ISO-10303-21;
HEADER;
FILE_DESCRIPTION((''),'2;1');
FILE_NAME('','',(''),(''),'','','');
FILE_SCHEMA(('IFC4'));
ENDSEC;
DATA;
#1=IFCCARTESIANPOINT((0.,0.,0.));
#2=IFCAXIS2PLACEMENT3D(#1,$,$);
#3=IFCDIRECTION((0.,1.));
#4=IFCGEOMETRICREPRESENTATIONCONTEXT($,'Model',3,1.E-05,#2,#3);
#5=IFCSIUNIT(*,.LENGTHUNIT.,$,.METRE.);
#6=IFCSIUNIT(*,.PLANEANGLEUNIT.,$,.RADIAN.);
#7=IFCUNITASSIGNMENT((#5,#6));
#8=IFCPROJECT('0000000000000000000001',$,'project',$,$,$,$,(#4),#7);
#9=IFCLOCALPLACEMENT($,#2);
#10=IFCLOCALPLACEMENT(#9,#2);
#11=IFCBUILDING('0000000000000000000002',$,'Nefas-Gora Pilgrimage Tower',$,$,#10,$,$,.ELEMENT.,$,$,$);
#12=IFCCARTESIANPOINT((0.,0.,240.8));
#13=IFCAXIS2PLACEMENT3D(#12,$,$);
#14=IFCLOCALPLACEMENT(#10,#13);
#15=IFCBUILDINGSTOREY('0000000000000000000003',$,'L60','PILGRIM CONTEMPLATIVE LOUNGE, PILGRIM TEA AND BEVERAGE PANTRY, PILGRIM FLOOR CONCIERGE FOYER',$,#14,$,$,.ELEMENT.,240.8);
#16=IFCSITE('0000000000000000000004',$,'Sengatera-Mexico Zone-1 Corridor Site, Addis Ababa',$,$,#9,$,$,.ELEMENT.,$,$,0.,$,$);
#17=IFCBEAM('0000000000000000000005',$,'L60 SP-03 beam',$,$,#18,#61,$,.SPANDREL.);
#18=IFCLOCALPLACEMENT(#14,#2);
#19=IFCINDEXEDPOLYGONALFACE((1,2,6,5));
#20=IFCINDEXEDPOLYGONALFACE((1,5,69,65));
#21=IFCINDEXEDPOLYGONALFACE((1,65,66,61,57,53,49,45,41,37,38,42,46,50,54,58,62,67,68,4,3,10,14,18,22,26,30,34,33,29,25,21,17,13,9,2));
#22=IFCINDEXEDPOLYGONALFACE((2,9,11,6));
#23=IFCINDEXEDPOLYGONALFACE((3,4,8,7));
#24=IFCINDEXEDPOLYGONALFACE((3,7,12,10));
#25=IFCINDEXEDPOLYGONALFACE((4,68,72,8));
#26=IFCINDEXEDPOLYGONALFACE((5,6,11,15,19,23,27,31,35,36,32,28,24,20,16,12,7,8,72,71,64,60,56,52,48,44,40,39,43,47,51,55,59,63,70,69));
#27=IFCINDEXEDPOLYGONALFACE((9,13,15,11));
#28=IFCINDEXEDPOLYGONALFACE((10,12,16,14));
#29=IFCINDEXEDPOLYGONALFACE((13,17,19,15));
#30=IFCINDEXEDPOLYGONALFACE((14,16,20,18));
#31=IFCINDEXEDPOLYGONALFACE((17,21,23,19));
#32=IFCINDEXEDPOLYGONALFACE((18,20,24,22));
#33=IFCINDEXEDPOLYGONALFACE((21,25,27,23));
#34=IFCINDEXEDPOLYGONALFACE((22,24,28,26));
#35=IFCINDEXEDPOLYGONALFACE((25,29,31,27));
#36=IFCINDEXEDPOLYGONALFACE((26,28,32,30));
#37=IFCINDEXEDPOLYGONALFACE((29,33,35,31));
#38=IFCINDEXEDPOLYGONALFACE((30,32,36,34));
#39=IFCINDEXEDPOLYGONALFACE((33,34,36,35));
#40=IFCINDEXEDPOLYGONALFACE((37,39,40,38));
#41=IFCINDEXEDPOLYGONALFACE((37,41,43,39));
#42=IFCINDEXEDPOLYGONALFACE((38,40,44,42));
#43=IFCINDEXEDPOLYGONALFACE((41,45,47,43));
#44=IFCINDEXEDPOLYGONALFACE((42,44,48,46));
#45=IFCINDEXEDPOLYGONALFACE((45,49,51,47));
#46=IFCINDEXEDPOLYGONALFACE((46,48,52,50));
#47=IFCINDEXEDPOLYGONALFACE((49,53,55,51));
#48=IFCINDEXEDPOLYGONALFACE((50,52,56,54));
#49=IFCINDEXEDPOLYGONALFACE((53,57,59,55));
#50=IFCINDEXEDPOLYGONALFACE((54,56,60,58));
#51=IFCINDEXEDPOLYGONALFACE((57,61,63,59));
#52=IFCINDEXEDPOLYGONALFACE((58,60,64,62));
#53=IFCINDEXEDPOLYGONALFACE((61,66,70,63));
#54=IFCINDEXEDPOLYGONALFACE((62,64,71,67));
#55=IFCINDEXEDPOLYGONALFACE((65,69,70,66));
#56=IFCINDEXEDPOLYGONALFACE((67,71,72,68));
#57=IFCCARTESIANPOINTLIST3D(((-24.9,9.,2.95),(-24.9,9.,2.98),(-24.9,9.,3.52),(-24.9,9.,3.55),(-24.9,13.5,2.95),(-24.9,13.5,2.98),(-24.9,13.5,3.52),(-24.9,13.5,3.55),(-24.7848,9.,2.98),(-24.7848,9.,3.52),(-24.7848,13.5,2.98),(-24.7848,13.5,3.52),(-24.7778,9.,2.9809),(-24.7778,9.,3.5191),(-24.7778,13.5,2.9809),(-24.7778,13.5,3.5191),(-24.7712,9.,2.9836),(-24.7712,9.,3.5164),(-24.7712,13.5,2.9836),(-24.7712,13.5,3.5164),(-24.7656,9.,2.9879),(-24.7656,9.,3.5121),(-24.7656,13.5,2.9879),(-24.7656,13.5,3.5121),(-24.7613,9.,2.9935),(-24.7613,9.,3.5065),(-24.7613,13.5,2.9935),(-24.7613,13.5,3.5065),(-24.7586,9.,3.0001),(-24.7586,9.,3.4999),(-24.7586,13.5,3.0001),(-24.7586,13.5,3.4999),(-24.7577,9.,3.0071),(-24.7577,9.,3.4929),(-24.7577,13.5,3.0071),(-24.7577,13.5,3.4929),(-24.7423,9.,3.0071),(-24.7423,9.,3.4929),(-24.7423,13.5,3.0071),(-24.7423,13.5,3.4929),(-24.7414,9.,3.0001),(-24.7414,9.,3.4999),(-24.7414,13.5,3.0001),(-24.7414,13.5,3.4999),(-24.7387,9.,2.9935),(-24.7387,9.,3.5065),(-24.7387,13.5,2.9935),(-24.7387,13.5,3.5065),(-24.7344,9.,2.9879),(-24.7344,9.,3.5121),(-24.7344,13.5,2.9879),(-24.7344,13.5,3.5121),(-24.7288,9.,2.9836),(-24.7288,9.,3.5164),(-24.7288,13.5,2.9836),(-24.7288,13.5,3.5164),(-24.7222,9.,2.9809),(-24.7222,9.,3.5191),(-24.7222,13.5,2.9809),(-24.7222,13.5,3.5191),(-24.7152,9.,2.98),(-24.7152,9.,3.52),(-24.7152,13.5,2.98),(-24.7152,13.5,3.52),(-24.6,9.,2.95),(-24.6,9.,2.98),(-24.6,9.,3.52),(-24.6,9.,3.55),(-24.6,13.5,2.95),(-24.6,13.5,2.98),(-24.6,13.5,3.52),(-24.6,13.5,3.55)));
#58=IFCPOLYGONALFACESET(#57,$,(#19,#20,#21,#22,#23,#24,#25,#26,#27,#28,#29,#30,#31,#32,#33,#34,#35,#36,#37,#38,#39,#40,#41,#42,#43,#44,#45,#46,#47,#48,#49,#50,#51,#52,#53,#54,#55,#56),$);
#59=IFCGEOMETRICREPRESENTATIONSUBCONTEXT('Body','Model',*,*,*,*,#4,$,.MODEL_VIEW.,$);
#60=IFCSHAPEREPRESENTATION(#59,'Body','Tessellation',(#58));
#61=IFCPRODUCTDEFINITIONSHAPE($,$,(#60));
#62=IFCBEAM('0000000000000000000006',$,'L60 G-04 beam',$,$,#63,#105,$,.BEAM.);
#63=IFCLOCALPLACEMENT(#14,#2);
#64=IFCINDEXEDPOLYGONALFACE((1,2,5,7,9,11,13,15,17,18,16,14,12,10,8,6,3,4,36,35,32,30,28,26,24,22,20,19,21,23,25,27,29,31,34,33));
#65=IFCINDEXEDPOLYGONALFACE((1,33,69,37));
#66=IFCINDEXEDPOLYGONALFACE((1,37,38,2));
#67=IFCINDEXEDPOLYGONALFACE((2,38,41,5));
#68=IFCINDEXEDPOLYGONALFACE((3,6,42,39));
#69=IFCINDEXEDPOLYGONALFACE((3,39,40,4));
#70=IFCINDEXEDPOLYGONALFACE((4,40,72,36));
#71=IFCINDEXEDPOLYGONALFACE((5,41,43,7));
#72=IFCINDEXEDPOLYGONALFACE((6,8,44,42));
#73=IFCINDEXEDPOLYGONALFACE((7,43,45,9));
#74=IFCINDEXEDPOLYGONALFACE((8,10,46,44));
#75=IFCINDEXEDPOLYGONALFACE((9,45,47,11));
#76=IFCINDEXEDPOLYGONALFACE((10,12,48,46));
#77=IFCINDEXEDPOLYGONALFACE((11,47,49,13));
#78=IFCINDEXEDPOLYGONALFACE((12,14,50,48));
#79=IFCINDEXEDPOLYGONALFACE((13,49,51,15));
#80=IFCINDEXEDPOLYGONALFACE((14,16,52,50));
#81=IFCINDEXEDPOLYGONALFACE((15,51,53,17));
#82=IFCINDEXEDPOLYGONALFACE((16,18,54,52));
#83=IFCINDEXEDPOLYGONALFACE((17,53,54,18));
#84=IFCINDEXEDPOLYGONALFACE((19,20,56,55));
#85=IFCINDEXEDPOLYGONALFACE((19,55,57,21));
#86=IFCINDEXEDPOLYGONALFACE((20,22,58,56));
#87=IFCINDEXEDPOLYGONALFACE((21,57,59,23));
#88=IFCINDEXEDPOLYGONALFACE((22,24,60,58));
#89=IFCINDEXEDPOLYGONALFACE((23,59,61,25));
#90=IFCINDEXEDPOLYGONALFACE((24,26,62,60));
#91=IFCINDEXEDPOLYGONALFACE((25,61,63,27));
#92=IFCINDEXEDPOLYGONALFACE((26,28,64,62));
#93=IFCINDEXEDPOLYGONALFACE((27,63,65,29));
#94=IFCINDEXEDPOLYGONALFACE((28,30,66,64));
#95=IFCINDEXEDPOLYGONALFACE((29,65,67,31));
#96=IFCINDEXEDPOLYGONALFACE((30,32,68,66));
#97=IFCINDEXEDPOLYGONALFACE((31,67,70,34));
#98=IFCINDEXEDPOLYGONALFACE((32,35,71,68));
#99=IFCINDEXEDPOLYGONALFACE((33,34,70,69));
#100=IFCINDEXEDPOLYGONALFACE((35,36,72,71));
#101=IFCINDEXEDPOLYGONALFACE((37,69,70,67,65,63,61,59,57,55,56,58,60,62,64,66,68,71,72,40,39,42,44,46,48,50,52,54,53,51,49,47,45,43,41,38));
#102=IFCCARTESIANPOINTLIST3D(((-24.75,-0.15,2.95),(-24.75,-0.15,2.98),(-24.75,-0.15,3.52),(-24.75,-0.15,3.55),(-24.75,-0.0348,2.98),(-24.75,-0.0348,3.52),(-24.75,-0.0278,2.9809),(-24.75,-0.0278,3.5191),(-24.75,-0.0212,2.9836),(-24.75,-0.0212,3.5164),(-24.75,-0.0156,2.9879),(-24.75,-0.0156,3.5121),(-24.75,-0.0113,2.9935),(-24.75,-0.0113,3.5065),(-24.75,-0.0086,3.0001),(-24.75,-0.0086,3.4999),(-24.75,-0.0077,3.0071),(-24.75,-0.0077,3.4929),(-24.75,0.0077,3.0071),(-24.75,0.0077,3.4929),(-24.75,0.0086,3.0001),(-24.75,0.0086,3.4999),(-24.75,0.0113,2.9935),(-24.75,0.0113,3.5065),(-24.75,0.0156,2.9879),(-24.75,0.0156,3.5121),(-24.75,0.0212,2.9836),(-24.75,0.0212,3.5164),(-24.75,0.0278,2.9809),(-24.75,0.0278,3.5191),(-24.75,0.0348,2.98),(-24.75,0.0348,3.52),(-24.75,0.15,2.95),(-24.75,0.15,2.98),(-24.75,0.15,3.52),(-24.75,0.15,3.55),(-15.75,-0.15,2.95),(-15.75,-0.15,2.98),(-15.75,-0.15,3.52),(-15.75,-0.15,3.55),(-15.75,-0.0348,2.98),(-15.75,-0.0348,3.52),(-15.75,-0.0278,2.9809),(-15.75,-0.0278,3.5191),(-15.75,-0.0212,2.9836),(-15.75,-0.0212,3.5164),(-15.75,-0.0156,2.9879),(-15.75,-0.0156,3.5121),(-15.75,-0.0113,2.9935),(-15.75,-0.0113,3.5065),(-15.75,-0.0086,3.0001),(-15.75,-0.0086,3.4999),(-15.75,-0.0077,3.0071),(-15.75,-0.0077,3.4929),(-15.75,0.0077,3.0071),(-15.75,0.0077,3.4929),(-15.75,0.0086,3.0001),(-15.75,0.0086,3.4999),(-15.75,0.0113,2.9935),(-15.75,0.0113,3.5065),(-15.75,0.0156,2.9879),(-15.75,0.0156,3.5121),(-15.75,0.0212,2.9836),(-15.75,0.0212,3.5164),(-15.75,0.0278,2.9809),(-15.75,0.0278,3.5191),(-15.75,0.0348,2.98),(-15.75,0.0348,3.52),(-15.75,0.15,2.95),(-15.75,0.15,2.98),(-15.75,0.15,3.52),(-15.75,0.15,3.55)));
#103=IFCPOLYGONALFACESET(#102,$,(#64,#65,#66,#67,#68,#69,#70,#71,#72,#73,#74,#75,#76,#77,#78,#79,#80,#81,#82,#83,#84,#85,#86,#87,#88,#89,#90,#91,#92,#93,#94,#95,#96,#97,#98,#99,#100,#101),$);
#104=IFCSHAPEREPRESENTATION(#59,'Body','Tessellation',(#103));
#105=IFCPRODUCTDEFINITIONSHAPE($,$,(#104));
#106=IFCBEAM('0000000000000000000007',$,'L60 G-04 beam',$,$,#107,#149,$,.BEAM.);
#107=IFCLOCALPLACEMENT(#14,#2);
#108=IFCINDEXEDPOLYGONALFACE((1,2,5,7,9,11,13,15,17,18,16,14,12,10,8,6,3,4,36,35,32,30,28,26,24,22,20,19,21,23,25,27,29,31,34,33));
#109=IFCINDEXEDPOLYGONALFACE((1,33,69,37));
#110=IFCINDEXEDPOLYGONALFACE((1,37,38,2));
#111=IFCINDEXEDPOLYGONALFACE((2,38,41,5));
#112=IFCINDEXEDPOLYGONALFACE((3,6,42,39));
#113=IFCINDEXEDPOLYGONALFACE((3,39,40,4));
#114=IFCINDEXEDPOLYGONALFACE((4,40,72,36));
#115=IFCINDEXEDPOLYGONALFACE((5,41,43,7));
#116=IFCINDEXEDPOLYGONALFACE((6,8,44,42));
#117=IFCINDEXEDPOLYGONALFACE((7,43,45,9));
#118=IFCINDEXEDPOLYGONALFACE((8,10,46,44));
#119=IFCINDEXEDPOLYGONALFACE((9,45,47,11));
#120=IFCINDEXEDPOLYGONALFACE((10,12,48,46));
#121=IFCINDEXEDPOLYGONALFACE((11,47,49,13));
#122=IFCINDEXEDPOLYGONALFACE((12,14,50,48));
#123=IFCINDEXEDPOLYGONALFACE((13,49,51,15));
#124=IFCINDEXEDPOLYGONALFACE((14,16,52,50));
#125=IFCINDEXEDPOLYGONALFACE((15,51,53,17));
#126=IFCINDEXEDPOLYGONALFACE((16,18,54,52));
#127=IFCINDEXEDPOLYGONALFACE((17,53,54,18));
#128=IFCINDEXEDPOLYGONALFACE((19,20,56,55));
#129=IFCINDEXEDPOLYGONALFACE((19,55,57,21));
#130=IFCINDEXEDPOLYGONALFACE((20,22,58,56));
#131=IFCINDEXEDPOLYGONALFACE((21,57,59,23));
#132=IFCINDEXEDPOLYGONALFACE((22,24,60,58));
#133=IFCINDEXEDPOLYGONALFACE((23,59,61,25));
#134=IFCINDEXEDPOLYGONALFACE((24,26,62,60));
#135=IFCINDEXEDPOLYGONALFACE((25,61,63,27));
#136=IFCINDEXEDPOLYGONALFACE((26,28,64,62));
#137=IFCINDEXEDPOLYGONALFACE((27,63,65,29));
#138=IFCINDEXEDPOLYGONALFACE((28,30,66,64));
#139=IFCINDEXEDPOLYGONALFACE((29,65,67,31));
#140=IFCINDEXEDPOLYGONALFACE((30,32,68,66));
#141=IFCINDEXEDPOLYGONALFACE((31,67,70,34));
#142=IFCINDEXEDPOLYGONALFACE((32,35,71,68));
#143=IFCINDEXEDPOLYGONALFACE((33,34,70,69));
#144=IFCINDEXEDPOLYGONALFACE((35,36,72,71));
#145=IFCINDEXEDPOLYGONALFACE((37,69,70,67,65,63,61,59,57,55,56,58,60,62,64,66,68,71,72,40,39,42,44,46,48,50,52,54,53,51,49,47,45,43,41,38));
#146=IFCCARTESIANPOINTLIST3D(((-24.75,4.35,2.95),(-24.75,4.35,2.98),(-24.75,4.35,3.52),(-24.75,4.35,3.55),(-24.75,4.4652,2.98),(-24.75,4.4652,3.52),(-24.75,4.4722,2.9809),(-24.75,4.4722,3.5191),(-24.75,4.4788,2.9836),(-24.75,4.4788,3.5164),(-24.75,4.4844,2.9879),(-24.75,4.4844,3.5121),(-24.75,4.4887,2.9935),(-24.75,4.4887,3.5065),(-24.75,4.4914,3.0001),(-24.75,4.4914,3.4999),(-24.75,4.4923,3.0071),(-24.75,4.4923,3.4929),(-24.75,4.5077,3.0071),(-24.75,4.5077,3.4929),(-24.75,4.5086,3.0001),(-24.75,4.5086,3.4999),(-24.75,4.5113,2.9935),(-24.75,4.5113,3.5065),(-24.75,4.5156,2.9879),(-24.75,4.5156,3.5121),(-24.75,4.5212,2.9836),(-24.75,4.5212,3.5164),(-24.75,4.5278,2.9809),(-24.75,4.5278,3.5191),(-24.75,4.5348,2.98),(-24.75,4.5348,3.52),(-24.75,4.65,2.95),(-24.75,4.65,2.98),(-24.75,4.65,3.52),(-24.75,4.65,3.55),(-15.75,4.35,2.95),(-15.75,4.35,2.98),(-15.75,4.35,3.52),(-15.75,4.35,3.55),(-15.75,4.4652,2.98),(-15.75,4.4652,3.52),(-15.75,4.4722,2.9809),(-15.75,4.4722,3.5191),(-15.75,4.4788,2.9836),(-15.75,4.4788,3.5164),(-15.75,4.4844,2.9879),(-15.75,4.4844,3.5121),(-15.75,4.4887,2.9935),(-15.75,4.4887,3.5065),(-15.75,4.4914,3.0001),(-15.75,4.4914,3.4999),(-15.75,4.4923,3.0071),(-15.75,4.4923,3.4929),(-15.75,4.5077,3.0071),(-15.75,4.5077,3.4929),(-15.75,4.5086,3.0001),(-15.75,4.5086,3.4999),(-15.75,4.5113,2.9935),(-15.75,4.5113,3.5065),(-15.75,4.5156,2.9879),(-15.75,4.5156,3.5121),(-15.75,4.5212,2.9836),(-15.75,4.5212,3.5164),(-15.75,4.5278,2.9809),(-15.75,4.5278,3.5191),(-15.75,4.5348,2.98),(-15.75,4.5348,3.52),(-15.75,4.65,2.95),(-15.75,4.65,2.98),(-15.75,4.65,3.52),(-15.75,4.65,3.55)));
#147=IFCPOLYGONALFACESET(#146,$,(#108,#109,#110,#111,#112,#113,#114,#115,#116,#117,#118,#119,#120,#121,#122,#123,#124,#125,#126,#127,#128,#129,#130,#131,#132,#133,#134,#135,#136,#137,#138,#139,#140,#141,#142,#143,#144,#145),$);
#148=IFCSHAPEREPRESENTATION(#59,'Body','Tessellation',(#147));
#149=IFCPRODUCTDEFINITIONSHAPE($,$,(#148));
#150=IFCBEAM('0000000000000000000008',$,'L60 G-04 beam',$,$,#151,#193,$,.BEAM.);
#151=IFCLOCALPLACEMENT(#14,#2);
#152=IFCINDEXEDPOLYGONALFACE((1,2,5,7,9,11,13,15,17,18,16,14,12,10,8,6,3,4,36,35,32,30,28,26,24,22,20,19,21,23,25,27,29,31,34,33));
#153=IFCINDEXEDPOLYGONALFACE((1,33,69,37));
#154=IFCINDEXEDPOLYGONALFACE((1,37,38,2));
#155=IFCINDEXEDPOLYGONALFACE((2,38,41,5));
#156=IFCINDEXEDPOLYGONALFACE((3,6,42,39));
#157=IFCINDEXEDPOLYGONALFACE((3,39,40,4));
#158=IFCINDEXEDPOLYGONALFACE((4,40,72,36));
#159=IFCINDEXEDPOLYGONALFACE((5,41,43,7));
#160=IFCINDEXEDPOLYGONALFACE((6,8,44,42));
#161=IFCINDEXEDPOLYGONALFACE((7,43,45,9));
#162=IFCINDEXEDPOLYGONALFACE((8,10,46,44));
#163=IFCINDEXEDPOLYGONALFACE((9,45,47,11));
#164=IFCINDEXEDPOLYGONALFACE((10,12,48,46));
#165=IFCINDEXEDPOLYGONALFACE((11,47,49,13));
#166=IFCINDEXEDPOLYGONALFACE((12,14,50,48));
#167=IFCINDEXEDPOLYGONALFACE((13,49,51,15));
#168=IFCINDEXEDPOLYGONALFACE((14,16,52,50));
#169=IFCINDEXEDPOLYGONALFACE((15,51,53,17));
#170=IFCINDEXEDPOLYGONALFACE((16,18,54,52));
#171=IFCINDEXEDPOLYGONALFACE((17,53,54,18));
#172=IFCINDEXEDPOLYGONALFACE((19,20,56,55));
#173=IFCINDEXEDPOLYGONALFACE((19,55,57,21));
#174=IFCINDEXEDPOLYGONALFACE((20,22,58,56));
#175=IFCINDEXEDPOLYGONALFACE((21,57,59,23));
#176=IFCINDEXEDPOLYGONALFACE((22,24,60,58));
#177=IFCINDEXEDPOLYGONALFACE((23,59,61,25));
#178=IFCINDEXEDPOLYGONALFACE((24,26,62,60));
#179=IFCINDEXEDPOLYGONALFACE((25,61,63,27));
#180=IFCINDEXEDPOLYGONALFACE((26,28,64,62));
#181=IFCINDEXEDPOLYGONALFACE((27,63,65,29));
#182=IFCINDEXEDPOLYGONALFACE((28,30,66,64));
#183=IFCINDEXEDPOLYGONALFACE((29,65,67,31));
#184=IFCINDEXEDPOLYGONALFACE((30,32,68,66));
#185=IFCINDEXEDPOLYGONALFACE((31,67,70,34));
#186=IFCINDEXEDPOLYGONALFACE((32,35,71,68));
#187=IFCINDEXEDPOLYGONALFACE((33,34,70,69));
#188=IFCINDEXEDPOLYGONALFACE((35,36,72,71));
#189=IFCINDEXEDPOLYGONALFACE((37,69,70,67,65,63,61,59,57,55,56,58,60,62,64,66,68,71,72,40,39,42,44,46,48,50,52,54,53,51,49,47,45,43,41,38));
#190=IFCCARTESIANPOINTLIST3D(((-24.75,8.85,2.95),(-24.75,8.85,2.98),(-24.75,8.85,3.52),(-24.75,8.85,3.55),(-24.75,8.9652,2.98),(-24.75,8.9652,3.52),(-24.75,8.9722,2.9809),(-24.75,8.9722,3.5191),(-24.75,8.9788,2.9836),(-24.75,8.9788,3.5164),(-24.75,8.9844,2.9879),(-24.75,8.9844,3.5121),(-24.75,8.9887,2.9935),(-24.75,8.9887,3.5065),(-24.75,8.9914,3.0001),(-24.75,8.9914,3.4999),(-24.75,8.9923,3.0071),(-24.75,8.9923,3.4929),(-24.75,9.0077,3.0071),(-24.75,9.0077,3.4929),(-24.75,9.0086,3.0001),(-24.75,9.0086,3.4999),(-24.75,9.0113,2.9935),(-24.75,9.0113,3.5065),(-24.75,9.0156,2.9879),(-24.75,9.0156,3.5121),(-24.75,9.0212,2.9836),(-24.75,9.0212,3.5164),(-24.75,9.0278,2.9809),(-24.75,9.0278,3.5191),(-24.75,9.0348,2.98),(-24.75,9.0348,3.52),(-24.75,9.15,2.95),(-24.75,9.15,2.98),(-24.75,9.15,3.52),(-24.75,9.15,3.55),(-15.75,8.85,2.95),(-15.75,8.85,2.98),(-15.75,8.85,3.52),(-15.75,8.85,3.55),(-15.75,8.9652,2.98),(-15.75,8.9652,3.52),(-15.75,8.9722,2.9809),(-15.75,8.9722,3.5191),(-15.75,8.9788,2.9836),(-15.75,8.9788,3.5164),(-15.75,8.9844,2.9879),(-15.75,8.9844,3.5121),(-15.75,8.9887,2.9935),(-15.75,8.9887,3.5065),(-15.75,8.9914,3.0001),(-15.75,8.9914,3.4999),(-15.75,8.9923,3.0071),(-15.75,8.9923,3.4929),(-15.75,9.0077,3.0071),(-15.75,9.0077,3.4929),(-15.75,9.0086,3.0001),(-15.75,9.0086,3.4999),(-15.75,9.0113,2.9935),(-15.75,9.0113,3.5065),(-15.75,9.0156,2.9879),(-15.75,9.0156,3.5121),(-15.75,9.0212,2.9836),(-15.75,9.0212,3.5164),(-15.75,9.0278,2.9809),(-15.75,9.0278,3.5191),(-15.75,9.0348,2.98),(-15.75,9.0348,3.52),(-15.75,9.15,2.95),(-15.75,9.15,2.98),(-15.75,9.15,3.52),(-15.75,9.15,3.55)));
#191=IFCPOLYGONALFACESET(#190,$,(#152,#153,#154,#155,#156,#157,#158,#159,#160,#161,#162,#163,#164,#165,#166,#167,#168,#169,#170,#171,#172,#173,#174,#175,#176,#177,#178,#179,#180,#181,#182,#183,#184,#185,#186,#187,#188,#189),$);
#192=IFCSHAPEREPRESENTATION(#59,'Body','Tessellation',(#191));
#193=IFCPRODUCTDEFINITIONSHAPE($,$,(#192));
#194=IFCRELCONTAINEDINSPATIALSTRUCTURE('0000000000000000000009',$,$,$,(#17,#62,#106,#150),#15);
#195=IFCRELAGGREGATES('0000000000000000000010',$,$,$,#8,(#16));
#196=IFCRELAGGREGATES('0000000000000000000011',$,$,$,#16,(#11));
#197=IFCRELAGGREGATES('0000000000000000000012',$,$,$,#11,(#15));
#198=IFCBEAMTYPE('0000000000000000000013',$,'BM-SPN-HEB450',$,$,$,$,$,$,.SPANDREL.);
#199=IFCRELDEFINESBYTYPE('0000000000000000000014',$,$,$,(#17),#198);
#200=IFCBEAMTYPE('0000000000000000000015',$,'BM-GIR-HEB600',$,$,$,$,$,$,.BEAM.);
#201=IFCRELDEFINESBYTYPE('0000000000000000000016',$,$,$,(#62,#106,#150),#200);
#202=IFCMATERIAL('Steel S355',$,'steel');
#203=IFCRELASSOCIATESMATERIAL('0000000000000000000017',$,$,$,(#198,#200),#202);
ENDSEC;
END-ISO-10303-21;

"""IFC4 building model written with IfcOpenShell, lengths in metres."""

from ifc_helpers import new_model, si_unit, direction, frame, origin, origin_2d, place, context, subcontext, project, spatial, i_section, extrude, source, transform, mapped, material, material_profile, profile_set, type_object, element, save


model = new_model("IFC4")

# Units and contexts
model_context = context("Model", 3, precision=1e-05, world=origin(), true_north=direction((0.0, 1.0)))
body_context = subcontext(model_context, "Body", "Model", "MODEL_VIEW")
ifc_project = project(units=[si_unit("LENGTHUNIT", "METRE"), si_unit("PLANEANGLEUNIT", "RADIAN")], contexts=[model_context])

# Site, building, storey
site_placement = place(None, origin())
site = spatial("IfcSite", under=ifc_project, at=site_placement, Name="Sengatera-Mexico Zone-1 Corridor Site, Addis Ababa", CompositionType="ELEMENT", RefElevation=0.0)
building_placement = place(site_placement, origin())
building = spatial("IfcBuilding", under=site, at=building_placement, Name="Nefas-Gora Pilgrimage Tower", CompositionType="ELEMENT")
storey_placement = place(building_placement, frame((0.0, 0.0, 240.8)))
storey = spatial("IfcBuildingStorey", under=building, at=storey_placement, Name="L60", Description="PILGRIM CONTEMPLATIVE LOUNGE, PILGRIM TEA AND BEVERAGE PANTRY, PILGRIM FLOOR CONCIERGE FOYER", CompositionType="ELEMENT", Elevation=240.8)

# Beams
ifc_material_1 = material(Name="Steel S355", Category="steel")
ifc_material_profile_1 = material_profile(ifc_material_1, i_section(OverallWidth=0.3, OverallDepth=0.6001, WebThickness=0.0154, FlangeThickness=0.03, FilletRadius=0.0271, at=origin_2d()), Name="HEB 600")
ifc_profile_set_1 = profile_set([ifc_material_profile_1], Name="Steel S355")
beam_type_1 = type_object("IfcBeamType", Name="BM-SPN-HEB450", PredefinedType="SPANDREL", material=ifc_profile_set_1)
shared_shape_1 = source(origin(), body_context, "Body", "SweptSolid", [
    extrude(i_section(OverallWidth=0.3, OverallDepth=0.6001, WebThickness=0.0154, FlangeThickness=0.03, FilletRadius=0.0271, at=origin_2d()), origin(), (0.0, 0.0, 1.0), 4.5),
])
for number, where, z_axis, x_axis, name in (
    (1, (-24.75, 9.0, 3.25), (0.0, 1.0, 0.0), (-1.0, 0.0, 0.0), "L60 SP-03 beam"),
):
    element("IfcBeam", number, at=place(storey_placement, frame(where, z_axis=z_axis, x_axis=x_axis)), inside=storey, type_object=beam_type_1, Name=name, PredefinedType="SPANDREL", context=body_context, shape_type="MappedRepresentation", body=[
        mapped(shared_shape_1, transform((0.0, 0.0, 0.0), x_axis=(1.0, 0.0, 0.0), y_axis=(0.0, 1.0, 0.0), z_axis=(0.0, 0.0, 1.0), scale=1.0)),
    ])
ifc_material_profile_2 = material_profile(ifc_material_1, i_section(OverallWidth=0.3, OverallDepth=0.6001, WebThickness=0.0154, FlangeThickness=0.03, FilletRadius=0.0271, at=origin_2d()), Name="HEB 600")
ifc_profile_set_2 = profile_set([ifc_material_profile_2], Name="Steel S355")
beam_type_2 = type_object("IfcBeamType", Name="BM-GIR-HEB600", PredefinedType="BEAM", material=ifc_profile_set_2)
shared_shape_2 = source(origin(), body_context, "Body", "SweptSolid", [
    extrude(i_section(OverallWidth=0.3, OverallDepth=0.6001, WebThickness=0.0154, FlangeThickness=0.03, FilletRadius=0.0271, at=origin_2d()), origin(), (0.0, 0.0, 1.0), 9.0),
])
for number, where, z_axis, x_axis, name in (
    (2, (-24.75, 0.0, 3.25), (1.0, 0.0, 0.0), (0.0, 1.0, 0.0), "L60 G-04 beam"),
    (3, (-24.75, 4.5, 3.25), (1.0, 0.0, 0.0), (0.0, 1.0, 0.0), "L60 G-04 beam"),
    (4, (-24.75, 9.0, 3.25), (1.0, 0.0, 0.0), (0.0, 1.0, 0.0), "L60 G-04 beam"),
):
    element("IfcBeam", number, at=place(storey_placement, frame(where, z_axis=z_axis, x_axis=x_axis)), inside=storey, type_object=beam_type_2, Name=name, PredefinedType="BEAM", context=body_context, shape_type="MappedRepresentation", body=[
        mapped(shared_shape_2, transform((0.0, 0.0, 0.0), x_axis=(1.0, 0.0, 0.0), y_axis=(0.0, 1.0, 0.0), z_axis=(0.0, 0.0, 1.0), scale=1.0)),
    ])

save(model, "model.ifc")
